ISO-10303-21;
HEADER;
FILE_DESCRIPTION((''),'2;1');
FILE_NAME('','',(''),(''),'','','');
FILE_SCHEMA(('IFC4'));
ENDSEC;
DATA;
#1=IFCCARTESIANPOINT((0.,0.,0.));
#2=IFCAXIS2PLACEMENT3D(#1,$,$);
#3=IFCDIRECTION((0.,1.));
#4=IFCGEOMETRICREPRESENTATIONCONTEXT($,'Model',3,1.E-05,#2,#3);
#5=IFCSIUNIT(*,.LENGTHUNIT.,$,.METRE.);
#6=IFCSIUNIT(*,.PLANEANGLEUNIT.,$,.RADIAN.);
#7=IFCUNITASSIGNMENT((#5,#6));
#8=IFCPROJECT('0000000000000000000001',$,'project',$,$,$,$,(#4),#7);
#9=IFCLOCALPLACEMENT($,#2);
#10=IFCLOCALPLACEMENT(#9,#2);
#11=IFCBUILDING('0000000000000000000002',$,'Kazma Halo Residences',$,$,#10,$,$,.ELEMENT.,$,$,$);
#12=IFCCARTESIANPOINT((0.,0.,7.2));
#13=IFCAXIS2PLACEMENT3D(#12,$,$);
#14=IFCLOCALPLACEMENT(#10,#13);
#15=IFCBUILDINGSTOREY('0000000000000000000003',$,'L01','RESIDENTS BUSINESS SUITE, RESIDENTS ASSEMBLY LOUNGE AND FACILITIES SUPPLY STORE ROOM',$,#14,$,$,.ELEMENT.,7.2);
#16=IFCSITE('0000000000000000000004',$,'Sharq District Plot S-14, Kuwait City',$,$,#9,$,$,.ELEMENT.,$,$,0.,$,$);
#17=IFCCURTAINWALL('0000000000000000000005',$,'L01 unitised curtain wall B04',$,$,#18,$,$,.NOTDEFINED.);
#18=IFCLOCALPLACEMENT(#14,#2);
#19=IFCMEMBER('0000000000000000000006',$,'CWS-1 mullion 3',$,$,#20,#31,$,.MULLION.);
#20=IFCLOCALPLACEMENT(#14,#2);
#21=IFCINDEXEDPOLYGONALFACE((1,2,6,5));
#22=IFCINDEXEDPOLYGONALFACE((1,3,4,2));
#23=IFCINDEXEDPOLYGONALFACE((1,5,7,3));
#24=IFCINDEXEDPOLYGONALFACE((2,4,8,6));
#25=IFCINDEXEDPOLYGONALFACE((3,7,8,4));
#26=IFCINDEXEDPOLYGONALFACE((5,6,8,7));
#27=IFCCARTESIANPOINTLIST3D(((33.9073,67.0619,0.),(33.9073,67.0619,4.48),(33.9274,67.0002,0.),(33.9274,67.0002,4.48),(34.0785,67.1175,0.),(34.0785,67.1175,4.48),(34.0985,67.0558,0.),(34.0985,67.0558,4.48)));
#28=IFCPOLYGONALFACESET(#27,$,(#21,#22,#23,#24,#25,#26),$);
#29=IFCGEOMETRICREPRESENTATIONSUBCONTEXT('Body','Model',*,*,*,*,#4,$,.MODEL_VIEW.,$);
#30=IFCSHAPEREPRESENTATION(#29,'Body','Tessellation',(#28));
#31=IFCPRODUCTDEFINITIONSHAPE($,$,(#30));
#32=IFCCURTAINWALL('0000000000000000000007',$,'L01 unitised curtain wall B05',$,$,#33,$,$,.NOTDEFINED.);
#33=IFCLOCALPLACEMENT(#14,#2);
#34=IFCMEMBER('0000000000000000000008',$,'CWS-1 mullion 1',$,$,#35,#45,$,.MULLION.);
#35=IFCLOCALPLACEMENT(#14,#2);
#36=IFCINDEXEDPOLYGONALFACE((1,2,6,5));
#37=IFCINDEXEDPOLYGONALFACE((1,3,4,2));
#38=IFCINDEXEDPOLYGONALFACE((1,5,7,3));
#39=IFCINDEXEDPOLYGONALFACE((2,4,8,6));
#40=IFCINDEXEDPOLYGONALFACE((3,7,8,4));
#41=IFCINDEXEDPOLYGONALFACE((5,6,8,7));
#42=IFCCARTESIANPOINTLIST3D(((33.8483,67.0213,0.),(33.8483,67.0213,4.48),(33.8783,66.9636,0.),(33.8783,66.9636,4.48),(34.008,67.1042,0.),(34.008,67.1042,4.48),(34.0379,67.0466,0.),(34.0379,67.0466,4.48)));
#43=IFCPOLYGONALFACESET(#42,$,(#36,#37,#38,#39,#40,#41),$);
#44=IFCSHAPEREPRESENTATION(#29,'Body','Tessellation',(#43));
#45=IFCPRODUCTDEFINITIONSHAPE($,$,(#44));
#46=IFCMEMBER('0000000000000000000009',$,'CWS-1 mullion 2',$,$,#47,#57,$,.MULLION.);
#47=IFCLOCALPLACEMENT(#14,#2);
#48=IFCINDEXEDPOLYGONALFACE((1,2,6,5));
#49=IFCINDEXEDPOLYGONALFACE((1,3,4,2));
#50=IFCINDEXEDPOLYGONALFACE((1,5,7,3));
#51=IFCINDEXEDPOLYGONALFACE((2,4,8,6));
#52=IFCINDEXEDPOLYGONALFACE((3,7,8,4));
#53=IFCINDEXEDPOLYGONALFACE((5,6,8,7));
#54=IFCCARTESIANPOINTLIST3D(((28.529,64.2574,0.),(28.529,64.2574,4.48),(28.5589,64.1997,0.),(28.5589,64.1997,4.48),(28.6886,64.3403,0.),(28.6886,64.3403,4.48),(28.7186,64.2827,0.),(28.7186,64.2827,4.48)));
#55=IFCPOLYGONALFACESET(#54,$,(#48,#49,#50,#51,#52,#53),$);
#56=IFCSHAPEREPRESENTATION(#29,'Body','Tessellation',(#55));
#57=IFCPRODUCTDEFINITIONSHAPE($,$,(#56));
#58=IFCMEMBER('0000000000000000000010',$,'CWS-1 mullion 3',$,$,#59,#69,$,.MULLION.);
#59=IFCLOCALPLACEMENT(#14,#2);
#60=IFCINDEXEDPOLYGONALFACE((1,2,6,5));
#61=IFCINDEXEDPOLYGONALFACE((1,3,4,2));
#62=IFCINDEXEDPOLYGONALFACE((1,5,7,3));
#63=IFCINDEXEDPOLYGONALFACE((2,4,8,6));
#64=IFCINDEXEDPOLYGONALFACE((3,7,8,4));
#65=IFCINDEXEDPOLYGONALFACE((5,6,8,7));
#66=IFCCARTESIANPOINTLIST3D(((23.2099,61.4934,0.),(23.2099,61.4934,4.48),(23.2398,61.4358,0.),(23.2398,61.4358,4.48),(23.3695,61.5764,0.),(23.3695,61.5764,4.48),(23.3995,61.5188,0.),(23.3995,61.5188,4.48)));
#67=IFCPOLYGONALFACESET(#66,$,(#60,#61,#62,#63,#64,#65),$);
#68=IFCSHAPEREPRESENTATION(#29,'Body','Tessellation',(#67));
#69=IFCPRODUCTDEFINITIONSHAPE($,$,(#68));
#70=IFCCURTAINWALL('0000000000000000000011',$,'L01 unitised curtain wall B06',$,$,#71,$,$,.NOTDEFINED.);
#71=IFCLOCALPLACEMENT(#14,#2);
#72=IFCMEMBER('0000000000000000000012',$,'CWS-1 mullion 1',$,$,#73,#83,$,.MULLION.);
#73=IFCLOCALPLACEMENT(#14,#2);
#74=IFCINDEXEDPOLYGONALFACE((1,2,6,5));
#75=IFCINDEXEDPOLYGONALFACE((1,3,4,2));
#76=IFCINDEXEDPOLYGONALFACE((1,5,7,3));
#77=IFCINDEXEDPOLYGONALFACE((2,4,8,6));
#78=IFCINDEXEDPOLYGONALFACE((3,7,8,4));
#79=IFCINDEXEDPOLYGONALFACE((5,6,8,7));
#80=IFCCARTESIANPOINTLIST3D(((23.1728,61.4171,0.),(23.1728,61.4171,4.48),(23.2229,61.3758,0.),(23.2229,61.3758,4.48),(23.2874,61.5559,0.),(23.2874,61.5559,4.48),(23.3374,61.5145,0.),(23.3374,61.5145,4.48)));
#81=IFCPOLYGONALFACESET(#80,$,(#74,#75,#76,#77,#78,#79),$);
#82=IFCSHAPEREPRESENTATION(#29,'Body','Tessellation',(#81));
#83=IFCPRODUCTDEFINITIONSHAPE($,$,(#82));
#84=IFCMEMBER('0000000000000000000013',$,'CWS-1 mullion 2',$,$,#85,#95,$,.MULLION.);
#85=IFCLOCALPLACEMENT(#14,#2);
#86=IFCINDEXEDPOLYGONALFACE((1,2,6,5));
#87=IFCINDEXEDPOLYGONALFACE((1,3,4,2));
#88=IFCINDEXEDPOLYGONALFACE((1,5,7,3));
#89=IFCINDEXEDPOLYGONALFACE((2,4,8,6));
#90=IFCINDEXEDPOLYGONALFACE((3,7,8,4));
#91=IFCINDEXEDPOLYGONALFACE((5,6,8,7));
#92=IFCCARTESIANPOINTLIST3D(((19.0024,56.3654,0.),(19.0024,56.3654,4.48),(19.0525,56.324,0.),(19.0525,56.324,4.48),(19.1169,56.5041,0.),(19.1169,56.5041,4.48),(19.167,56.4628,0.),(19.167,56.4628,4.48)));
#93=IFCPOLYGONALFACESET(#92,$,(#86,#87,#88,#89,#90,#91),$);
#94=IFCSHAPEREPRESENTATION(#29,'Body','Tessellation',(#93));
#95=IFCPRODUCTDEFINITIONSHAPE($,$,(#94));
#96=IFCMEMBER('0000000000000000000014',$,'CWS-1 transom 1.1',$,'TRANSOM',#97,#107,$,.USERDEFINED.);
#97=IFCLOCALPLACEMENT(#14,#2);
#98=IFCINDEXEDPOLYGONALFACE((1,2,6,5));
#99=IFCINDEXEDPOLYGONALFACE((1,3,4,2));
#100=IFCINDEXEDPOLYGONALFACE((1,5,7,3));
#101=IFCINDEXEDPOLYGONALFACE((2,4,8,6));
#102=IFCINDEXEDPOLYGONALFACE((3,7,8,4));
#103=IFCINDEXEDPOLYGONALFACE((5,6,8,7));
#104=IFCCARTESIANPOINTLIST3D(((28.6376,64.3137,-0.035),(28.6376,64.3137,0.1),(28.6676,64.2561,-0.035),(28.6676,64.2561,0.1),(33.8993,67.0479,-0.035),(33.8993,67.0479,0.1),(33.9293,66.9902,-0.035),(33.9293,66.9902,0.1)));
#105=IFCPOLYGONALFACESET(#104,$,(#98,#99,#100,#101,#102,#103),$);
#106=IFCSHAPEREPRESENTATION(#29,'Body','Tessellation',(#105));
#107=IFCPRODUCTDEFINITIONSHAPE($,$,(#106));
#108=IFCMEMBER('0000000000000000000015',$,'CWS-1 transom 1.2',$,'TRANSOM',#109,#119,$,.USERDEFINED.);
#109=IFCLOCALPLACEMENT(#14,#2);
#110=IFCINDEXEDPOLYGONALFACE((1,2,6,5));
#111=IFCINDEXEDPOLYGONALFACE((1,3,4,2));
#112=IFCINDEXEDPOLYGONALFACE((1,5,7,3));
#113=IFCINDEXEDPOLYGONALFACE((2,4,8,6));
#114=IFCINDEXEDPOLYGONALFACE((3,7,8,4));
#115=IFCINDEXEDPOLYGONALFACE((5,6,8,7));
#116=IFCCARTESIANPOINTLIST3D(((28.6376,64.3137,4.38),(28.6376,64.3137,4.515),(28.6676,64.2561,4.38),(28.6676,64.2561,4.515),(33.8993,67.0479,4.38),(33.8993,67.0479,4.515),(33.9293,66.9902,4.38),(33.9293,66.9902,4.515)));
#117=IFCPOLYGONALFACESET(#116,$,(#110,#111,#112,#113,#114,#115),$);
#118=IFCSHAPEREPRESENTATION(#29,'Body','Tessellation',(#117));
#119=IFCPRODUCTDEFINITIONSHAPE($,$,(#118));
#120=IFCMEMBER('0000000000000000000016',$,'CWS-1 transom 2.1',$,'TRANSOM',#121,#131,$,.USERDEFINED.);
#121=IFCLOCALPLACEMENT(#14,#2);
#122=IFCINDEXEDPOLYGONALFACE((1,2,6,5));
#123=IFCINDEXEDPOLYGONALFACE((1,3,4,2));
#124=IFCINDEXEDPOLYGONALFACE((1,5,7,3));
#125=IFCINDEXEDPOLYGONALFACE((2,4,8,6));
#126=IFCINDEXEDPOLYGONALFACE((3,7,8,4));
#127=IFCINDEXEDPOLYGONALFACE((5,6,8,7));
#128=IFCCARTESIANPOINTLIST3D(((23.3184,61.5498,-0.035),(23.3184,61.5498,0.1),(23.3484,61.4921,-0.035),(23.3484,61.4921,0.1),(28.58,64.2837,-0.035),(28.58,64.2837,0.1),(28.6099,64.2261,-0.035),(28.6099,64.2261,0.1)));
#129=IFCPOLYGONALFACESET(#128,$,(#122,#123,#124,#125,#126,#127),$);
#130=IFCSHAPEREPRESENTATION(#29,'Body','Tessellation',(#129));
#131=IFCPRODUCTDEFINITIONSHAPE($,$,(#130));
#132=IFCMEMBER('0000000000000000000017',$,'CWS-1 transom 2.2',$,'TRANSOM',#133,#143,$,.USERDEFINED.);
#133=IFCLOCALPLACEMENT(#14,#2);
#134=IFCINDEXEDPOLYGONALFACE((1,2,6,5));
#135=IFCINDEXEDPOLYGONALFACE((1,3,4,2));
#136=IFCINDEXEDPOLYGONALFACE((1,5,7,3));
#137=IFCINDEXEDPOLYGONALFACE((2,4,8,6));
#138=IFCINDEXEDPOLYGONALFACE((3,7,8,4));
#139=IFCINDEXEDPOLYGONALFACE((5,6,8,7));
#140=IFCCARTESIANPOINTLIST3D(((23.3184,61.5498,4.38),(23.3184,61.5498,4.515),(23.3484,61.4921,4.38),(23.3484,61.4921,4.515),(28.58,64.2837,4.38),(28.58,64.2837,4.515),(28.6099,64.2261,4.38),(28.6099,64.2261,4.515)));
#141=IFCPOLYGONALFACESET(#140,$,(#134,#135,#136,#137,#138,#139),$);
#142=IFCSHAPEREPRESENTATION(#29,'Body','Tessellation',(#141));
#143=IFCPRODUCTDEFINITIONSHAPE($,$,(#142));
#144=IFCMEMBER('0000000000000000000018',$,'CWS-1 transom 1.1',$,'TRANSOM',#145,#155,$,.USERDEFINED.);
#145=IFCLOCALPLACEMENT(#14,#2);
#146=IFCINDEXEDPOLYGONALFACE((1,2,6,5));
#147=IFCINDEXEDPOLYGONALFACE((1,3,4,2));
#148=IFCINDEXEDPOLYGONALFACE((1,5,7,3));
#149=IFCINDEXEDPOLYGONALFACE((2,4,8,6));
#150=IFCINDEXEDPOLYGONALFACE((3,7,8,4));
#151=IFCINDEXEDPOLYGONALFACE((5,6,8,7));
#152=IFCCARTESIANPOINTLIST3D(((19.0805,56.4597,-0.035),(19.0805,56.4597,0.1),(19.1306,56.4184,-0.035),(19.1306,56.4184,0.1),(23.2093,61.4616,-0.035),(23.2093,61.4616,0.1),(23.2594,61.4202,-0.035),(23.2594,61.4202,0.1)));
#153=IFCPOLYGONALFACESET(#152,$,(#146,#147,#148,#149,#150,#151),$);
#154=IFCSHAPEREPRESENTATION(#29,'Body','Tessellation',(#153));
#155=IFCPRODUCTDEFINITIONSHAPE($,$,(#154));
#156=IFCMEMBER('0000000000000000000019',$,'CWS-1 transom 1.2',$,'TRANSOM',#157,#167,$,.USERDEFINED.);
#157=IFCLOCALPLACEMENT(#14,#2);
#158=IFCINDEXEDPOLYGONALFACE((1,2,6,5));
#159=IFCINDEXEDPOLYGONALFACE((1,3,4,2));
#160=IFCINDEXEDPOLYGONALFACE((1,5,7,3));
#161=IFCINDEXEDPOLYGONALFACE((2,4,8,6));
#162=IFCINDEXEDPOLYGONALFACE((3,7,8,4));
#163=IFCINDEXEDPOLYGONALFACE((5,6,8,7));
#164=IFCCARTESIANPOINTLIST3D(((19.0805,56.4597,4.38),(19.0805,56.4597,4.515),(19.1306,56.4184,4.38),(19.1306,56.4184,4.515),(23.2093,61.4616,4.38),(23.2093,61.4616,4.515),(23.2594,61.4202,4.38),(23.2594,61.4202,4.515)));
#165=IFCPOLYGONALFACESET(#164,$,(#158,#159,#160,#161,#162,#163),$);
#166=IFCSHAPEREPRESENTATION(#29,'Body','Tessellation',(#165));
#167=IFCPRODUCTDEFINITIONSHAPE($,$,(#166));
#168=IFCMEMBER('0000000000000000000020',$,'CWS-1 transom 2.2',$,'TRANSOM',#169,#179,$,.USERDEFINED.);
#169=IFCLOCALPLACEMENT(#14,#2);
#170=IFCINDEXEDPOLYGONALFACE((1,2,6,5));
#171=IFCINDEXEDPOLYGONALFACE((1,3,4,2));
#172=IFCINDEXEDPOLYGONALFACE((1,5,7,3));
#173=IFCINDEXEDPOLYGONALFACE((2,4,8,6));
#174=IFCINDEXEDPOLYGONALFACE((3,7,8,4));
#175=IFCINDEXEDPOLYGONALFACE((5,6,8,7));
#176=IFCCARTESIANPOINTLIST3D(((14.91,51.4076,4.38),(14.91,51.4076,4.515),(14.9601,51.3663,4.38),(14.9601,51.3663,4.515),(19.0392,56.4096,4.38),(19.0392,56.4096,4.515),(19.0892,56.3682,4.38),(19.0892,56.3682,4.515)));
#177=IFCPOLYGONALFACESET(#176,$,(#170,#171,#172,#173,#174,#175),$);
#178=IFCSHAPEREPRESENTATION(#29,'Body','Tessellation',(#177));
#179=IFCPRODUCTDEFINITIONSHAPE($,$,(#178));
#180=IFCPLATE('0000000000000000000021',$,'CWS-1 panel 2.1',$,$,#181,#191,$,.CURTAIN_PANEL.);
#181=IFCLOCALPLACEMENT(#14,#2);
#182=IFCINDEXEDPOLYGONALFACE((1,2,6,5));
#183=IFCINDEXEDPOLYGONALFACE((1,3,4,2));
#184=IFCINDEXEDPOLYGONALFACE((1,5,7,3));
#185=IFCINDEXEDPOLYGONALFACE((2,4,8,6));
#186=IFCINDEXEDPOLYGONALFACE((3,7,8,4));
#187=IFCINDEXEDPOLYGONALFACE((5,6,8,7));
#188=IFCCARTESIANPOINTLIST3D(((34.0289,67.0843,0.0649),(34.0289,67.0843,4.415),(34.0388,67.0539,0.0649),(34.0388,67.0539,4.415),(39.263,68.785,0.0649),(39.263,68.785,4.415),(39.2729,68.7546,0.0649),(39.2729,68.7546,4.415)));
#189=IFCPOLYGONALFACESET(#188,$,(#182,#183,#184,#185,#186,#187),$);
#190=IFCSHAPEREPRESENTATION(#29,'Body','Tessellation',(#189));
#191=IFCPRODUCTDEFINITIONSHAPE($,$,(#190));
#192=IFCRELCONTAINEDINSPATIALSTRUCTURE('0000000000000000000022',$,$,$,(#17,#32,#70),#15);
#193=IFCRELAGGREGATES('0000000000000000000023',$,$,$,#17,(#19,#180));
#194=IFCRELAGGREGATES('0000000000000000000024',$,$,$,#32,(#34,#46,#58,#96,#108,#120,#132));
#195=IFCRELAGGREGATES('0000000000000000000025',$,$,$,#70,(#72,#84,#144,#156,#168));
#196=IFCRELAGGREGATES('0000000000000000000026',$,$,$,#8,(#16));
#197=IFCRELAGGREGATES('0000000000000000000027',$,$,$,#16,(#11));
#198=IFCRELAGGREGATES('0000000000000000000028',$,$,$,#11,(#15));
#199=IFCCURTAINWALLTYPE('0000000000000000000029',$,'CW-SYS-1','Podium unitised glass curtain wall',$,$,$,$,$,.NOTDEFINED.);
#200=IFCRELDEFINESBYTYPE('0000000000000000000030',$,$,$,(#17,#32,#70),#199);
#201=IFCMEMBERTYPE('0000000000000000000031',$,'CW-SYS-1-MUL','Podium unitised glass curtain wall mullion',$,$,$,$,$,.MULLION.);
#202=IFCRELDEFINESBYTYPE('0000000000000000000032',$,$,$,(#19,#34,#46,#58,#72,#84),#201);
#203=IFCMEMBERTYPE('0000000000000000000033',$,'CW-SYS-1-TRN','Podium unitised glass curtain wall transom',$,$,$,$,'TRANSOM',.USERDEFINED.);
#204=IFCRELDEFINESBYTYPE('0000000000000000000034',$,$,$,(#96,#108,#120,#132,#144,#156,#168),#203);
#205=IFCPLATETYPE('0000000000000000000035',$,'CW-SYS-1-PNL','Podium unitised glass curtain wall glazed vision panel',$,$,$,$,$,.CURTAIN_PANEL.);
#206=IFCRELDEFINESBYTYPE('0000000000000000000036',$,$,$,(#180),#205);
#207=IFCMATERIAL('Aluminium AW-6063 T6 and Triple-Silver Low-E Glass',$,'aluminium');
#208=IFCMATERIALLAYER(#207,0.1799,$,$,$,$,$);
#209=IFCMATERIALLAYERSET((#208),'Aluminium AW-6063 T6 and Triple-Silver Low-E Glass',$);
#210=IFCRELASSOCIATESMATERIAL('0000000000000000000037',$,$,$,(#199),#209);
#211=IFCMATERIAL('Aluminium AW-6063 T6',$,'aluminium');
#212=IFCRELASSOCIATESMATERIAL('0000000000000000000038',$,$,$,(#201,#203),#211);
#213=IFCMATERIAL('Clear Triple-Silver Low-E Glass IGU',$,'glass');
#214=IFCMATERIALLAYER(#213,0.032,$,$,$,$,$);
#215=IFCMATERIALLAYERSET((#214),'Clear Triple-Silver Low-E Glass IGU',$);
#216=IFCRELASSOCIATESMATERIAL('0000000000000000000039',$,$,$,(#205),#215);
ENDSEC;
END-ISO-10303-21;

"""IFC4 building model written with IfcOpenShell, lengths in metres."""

from ifc_helpers import new_model, si_unit, direction, frame, origin, origin_2d, place, context, subcontext, project, spatial, rectangle, extrude, material, layer, layer_set, material_profile, profile_set, type_object, element, aggregate, save


model = new_model("IFC4")

# Units and contexts
model_context = context("Model", 3, precision=1e-05, world=origin(), true_north=direction((0.0, 1.0)))
body_context = subcontext(model_context, "Body", "Model", "MODEL_VIEW")
ifc_project = project(units=[si_unit("LENGTHUNIT", "METRE"), si_unit("PLANEANGLEUNIT", "RADIAN")], contexts=[model_context])

# Site, building, storey
site_placement = place(None, origin())
site = spatial("IfcSite", under=ifc_project, at=site_placement, Name="Sharq District Plot S-14, Kuwait City", CompositionType="ELEMENT", RefElevation=0.0)
building_placement = place(site_placement, origin())
building = spatial("IfcBuilding", under=site, at=building_placement, Name="Kazma Halo Residences", CompositionType="ELEMENT")
storey_placement = place(building_placement, frame((0.0, 0.0, 7.2)))
storey = spatial("IfcBuildingStorey", under=building, at=storey_placement, Name="L01", Description="RESIDENTS BUSINESS SUITE, RESIDENTS ASSEMBLY LOUNGE AND FACILITIES SUPPLY STORE ROOM", CompositionType="ELEMENT", Elevation=7.2)

# Curtain wall, member
ifc_material_1 = material(Name="Aluminium AW-6063 T6 and Triple-Silver Low-E Glass", Category="aluminium")
ifc_layer_1 = layer(ifc_material_1, 0.1799)
ifc_layer_set_1 = layer_set([ifc_layer_1], Name="Aluminium AW-6063 T6 and Triple-Silver Low-E Glass")
curtain_wall_type = type_object("IfcCurtainWallType", Name="CW-SYS-1", Description="Podium unitised glass curtain wall", PredefinedType="NOTDEFINED", material=ifc_layer_set_1)
curtain_wall_1_placement = place(storey_placement, origin())
curtain_wall_1 = element("IfcCurtainWall", 1, at=curtain_wall_1_placement, inside=storey, type_object=curtain_wall_type, Name="L01 unitised curtain wall B04", PredefinedType="NOTDEFINED")
ifc_material_2 = material(Name="Aluminium AW-6063 T6", Category="aluminium")
ifc_material_profile_1 = material_profile(ifc_material_2, rectangle(XDim=0.0649, YDim=0.1799, at=origin_2d()), Name="CWM-65x180")
ifc_profile_set_1 = profile_set([ifc_material_profile_1], Name="Aluminium AW-6063 T6")
member_type_1 = type_object("IfcMemberType", Name="CW-SYS-1-MUL", Description="Podium unitised glass curtain wall mullion", PredefinedType="MULLION", material=ifc_profile_set_1)
member_1_placement = place(storey_placement, frame((34.0029, 67.0588, 0.0), z_axis=(0.0, 0.0, 1.0), x_axis=(0.309017, -0.951056, 0.0)))
member_1 = element("IfcMember", 2, at=member_1_placement, type_object=member_type_1, Name="CWS-1 mullion 3", PredefinedType="MULLION", context=body_context, shape_type="SweptSolid", body=[
    extrude(rectangle(XDim=0.0649, YDim=0.1799, at=origin_2d()), origin(), (0.0, 0.0, 1.0), 4.48),
])

# Curtain walls, members
curtain_wall_2_placement = place(storey_placement, origin())
curtain_wall_2 = element("IfcCurtainWall", 3, at=curtain_wall_2_placement, inside=storey, type_object=curtain_wall_type, Name="L01 unitised curtain wall B05", PredefinedType="NOTDEFINED")
member_2_placement = place(storey_placement, frame((33.9431, 67.0339, 0.0), z_axis=(0.0, 0.0, 1.0), x_axis=(0.461087, -0.887355, 0.0)))
member_2 = element("IfcMember", 4, at=member_2_placement, type_object=member_type_1, Name="CWS-1 mullion 1", PredefinedType="MULLION", context=body_context, shape_type="SweptSolid", body=[
    extrude(rectangle(XDim=0.0649, YDim=0.1799, at=origin_2d()), origin(), (0.0, 0.0, 1.0), 4.48),
])
member_3_placement = place(storey_placement, frame((28.6238, 64.27, 0.0), z_axis=(0.0, 0.0, 1.0), x_axis=(0.461087, -0.887355, 0.0)))
member_3 = element("IfcMember", 5, at=member_3_placement, type_object=member_type_1, Name="CWS-1 mullion 2", PredefinedType="MULLION", context=body_context, shape_type="SweptSolid", body=[
    extrude(rectangle(XDim=0.0649, YDim=0.1799, at=origin_2d()), origin(), (0.0, 0.0, 1.0), 4.48),
])
member_4_placement = place(storey_placement, frame((23.3047, 61.5061, 0.0), z_axis=(0.0, 0.0, 1.0), x_axis=(0.461087, -0.887355, 0.0)))
member_4 = element("IfcMember", 6, at=member_4_placement, type_object=member_type_1, Name="CWS-1 mullion 3", PredefinedType="MULLION", context=body_context, shape_type="SweptSolid", body=[
    extrude(rectangle(XDim=0.0649, YDim=0.1799, at=origin_2d()), origin(), (0.0, 0.0, 1.0), 4.48),
])
curtain_wall_3_placement = place(storey_placement, origin())
curtain_wall_3 = element("IfcCurtainWall", 7, at=curtain_wall_3_placement, inside=storey, type_object=curtain_wall_type, Name="L01 unitised curtain wall B06", PredefinedType="NOTDEFINED")
member_5_placement = place(storey_placement, frame((23.2551, 61.4658, 0.0), z_axis=(0.0, 0.0, 1.0), x_axis=(0.771192, -0.636603, 0.0)))
member_5 = element("IfcMember", 8, at=member_5_placement, type_object=member_type_1, Name="CWS-1 mullion 1", PredefinedType="MULLION", context=body_context, shape_type="SweptSolid", body=[
    extrude(rectangle(XDim=0.0649, YDim=0.1799, at=origin_2d()), origin(), (0.0, 0.0, 1.0), 4.48),
])
member_6_placement = place(storey_placement, frame((19.0847, 56.4141, 0.0), z_axis=(0.0, 0.0, 1.0), x_axis=(0.771192, -0.636603, 0.0)))
member_6 = element("IfcMember", 9, at=member_6_placement, type_object=member_type_1, Name="CWS-1 mullion 2", PredefinedType="MULLION", context=body_context, shape_type="SweptSolid", body=[
    extrude(rectangle(XDim=0.0649, YDim=0.1799, at=origin_2d()), origin(), (0.0, 0.0, 1.0), 4.48),
])

# Members
ifc_material_profile_2 = material_profile(ifc_material_2, rectangle(XDim=0.0649, YDim=0.135, at=origin_2d()), Name="CWT-65x135")
ifc_profile_set_2 = profile_set([ifc_material_profile_2], Name="Aluminium AW-6063 T6")
member_type_2 = type_object("IfcMemberType", Name="CW-SYS-1-TRN", Description="Podium unitised glass curtain wall transom", ElementType="TRANSOM", PredefinedType="USERDEFINED", material=ifc_profile_set_2)
member_7_placement = place(storey_placement, frame((33.9143, 67.019, 0.0325), z_axis=(-0.887352, -0.461092, 0.0), x_axis=(0.461092, -0.887352, 0.0)))
member_7 = element("IfcMember", 10, at=member_7_placement, type_object=member_type_2, Name="CWS-1 transom 1.1", ObjectType="TRANSOM", PredefinedType="USERDEFINED", context=body_context, shape_type="SweptSolid", body=[
    extrude(rectangle(XDim=0.0649, YDim=0.135, at=origin_2d()), origin(), (0.0, 0.0, 1.0), 5.9297),
])
member_8_placement = place(storey_placement, frame((33.9143, 67.019, 4.4475), z_axis=(-0.887352, -0.461092, 0.0), x_axis=(0.461092, -0.887352, 0.0)))
member_8 = element("IfcMember", 11, at=member_8_placement, type_object=member_type_2, Name="CWS-1 transom 1.2", ObjectType="TRANSOM", PredefinedType="USERDEFINED", context=body_context, shape_type="SweptSolid", body=[
    extrude(rectangle(XDim=0.0649, YDim=0.135, at=origin_2d()), origin(), (0.0, 0.0, 1.0), 5.9297),
])
member_9_placement = place(storey_placement, frame((28.595, 64.2549, 0.0325), z_axis=(-0.88736, -0.461077, 0.0), x_axis=(0.461077, -0.88736, 0.0)))
member_9 = element("IfcMember", 12, at=member_9_placement, type_object=member_type_2, Name="CWS-1 transom 2.1", ObjectType="TRANSOM", PredefinedType="USERDEFINED", context=body_context, shape_type="SweptSolid", body=[
    extrude(rectangle(XDim=0.0649, YDim=0.135, at=origin_2d()), origin(), (0.0, 0.0, 1.0), 5.9294),
])
member_10_placement = place(storey_placement, frame((28.595, 64.2549, 4.4475), z_axis=(-0.88736, -0.461077, 0.0), x_axis=(0.461077, -0.88736, 0.0)))
member_10 = element("IfcMember", 13, at=member_10_placement, type_object=member_type_2, Name="CWS-1 transom 2.2", ObjectType="TRANSOM", PredefinedType="USERDEFINED", context=body_context, shape_type="SweptSolid", body=[
    extrude(rectangle(XDim=0.0649, YDim=0.135, at=origin_2d()), origin(), (0.0, 0.0, 1.0), 5.9294),
])
member_11_placement = place(storey_placement, frame((23.2344, 61.4409, 0.0325), z_axis=(-0.636593, -0.7712, 0.0), x_axis=(0.7712, -0.636593, 0.0)))
member_11 = element("IfcMember", 14, at=member_11_placement, type_object=member_type_2, Name="CWS-1 transom 1.1", ObjectType="TRANSOM", PredefinedType="USERDEFINED", context=body_context, shape_type="SweptSolid", body=[
    extrude(rectangle(XDim=0.0649, YDim=0.135, at=origin_2d()), origin(), (0.0, 0.0, 1.0), 6.4858),
])
member_12_placement = place(storey_placement, frame((23.2344, 61.4409, 4.4475), z_axis=(-0.636593, -0.7712, 0.0), x_axis=(0.7712, -0.636593, 0.0)))
member_12 = element("IfcMember", 15, at=member_12_placement, type_object=member_type_2, Name="CWS-1 transom 1.2", ObjectType="TRANSOM", PredefinedType="USERDEFINED", context=body_context, shape_type="SweptSolid", body=[
    extrude(rectangle(XDim=0.0649, YDim=0.135, at=origin_2d()), origin(), (0.0, 0.0, 1.0), 6.4858),
])
member_13_placement = place(storey_placement, frame((19.0642, 56.3889, 4.4475), z_axis=(-0.636616, -0.771181, 0.0), x_axis=(0.771181, -0.636616, 0.0)))
member_13 = element("IfcMember", 16, at=member_13_placement, type_object=member_type_2, Name="CWS-1 transom 2.2", ObjectType="TRANSOM", PredefinedType="USERDEFINED", context=body_context, shape_type="SweptSolid", body=[
    extrude(rectangle(XDim=0.0649, YDim=0.135, at=origin_2d()), origin(), (0.0, 0.0, 1.0), 6.4861),
])

# Plate
ifc_material_3 = material(Name="Clear Triple-Silver Low-E Glass IGU", Category="glass")
ifc_layer_2 = layer(ifc_material_3, 0.032)
ifc_layer_set_2 = layer_set([ifc_layer_2], Name="Clear Triple-Silver Low-E Glass IGU")
plate_type = type_object("IfcPlateType", Name="CW-SYS-1-PNL", Description="Podium unitised glass curtain wall glazed vision panel", PredefinedType="CURTAIN_PANEL", material=ifc_layer_set_2)
plate_1_placement = place(storey_placement, frame((36.6509, 67.9194, 0.0649), z_axis=(0.0, 0.0, 1.0), x_axis=(-0.951056, -0.309017, 0.0)))
plate_1 = element("IfcPlate", 17, at=plate_1_placement, type_object=plate_type, Name="CWS-1 panel 2.1", PredefinedType="CURTAIN_PANEL", context=body_context, shape_type="SweptSolid", body=[
    extrude(rectangle(XDim=5.5034, YDim=0.032, at=origin_2d()), origin(), (0.0, 0.0, 1.0), 4.3501),
])
aggregate(curtain_wall_1, [member_1, plate_1])
aggregate(curtain_wall_2, [member_2, member_3, member_4, member_7, member_8, member_9, member_10])
aggregate(curtain_wall_3, [member_5, member_6, member_11, member_12, member_13])

save(model, "model.ifc")
